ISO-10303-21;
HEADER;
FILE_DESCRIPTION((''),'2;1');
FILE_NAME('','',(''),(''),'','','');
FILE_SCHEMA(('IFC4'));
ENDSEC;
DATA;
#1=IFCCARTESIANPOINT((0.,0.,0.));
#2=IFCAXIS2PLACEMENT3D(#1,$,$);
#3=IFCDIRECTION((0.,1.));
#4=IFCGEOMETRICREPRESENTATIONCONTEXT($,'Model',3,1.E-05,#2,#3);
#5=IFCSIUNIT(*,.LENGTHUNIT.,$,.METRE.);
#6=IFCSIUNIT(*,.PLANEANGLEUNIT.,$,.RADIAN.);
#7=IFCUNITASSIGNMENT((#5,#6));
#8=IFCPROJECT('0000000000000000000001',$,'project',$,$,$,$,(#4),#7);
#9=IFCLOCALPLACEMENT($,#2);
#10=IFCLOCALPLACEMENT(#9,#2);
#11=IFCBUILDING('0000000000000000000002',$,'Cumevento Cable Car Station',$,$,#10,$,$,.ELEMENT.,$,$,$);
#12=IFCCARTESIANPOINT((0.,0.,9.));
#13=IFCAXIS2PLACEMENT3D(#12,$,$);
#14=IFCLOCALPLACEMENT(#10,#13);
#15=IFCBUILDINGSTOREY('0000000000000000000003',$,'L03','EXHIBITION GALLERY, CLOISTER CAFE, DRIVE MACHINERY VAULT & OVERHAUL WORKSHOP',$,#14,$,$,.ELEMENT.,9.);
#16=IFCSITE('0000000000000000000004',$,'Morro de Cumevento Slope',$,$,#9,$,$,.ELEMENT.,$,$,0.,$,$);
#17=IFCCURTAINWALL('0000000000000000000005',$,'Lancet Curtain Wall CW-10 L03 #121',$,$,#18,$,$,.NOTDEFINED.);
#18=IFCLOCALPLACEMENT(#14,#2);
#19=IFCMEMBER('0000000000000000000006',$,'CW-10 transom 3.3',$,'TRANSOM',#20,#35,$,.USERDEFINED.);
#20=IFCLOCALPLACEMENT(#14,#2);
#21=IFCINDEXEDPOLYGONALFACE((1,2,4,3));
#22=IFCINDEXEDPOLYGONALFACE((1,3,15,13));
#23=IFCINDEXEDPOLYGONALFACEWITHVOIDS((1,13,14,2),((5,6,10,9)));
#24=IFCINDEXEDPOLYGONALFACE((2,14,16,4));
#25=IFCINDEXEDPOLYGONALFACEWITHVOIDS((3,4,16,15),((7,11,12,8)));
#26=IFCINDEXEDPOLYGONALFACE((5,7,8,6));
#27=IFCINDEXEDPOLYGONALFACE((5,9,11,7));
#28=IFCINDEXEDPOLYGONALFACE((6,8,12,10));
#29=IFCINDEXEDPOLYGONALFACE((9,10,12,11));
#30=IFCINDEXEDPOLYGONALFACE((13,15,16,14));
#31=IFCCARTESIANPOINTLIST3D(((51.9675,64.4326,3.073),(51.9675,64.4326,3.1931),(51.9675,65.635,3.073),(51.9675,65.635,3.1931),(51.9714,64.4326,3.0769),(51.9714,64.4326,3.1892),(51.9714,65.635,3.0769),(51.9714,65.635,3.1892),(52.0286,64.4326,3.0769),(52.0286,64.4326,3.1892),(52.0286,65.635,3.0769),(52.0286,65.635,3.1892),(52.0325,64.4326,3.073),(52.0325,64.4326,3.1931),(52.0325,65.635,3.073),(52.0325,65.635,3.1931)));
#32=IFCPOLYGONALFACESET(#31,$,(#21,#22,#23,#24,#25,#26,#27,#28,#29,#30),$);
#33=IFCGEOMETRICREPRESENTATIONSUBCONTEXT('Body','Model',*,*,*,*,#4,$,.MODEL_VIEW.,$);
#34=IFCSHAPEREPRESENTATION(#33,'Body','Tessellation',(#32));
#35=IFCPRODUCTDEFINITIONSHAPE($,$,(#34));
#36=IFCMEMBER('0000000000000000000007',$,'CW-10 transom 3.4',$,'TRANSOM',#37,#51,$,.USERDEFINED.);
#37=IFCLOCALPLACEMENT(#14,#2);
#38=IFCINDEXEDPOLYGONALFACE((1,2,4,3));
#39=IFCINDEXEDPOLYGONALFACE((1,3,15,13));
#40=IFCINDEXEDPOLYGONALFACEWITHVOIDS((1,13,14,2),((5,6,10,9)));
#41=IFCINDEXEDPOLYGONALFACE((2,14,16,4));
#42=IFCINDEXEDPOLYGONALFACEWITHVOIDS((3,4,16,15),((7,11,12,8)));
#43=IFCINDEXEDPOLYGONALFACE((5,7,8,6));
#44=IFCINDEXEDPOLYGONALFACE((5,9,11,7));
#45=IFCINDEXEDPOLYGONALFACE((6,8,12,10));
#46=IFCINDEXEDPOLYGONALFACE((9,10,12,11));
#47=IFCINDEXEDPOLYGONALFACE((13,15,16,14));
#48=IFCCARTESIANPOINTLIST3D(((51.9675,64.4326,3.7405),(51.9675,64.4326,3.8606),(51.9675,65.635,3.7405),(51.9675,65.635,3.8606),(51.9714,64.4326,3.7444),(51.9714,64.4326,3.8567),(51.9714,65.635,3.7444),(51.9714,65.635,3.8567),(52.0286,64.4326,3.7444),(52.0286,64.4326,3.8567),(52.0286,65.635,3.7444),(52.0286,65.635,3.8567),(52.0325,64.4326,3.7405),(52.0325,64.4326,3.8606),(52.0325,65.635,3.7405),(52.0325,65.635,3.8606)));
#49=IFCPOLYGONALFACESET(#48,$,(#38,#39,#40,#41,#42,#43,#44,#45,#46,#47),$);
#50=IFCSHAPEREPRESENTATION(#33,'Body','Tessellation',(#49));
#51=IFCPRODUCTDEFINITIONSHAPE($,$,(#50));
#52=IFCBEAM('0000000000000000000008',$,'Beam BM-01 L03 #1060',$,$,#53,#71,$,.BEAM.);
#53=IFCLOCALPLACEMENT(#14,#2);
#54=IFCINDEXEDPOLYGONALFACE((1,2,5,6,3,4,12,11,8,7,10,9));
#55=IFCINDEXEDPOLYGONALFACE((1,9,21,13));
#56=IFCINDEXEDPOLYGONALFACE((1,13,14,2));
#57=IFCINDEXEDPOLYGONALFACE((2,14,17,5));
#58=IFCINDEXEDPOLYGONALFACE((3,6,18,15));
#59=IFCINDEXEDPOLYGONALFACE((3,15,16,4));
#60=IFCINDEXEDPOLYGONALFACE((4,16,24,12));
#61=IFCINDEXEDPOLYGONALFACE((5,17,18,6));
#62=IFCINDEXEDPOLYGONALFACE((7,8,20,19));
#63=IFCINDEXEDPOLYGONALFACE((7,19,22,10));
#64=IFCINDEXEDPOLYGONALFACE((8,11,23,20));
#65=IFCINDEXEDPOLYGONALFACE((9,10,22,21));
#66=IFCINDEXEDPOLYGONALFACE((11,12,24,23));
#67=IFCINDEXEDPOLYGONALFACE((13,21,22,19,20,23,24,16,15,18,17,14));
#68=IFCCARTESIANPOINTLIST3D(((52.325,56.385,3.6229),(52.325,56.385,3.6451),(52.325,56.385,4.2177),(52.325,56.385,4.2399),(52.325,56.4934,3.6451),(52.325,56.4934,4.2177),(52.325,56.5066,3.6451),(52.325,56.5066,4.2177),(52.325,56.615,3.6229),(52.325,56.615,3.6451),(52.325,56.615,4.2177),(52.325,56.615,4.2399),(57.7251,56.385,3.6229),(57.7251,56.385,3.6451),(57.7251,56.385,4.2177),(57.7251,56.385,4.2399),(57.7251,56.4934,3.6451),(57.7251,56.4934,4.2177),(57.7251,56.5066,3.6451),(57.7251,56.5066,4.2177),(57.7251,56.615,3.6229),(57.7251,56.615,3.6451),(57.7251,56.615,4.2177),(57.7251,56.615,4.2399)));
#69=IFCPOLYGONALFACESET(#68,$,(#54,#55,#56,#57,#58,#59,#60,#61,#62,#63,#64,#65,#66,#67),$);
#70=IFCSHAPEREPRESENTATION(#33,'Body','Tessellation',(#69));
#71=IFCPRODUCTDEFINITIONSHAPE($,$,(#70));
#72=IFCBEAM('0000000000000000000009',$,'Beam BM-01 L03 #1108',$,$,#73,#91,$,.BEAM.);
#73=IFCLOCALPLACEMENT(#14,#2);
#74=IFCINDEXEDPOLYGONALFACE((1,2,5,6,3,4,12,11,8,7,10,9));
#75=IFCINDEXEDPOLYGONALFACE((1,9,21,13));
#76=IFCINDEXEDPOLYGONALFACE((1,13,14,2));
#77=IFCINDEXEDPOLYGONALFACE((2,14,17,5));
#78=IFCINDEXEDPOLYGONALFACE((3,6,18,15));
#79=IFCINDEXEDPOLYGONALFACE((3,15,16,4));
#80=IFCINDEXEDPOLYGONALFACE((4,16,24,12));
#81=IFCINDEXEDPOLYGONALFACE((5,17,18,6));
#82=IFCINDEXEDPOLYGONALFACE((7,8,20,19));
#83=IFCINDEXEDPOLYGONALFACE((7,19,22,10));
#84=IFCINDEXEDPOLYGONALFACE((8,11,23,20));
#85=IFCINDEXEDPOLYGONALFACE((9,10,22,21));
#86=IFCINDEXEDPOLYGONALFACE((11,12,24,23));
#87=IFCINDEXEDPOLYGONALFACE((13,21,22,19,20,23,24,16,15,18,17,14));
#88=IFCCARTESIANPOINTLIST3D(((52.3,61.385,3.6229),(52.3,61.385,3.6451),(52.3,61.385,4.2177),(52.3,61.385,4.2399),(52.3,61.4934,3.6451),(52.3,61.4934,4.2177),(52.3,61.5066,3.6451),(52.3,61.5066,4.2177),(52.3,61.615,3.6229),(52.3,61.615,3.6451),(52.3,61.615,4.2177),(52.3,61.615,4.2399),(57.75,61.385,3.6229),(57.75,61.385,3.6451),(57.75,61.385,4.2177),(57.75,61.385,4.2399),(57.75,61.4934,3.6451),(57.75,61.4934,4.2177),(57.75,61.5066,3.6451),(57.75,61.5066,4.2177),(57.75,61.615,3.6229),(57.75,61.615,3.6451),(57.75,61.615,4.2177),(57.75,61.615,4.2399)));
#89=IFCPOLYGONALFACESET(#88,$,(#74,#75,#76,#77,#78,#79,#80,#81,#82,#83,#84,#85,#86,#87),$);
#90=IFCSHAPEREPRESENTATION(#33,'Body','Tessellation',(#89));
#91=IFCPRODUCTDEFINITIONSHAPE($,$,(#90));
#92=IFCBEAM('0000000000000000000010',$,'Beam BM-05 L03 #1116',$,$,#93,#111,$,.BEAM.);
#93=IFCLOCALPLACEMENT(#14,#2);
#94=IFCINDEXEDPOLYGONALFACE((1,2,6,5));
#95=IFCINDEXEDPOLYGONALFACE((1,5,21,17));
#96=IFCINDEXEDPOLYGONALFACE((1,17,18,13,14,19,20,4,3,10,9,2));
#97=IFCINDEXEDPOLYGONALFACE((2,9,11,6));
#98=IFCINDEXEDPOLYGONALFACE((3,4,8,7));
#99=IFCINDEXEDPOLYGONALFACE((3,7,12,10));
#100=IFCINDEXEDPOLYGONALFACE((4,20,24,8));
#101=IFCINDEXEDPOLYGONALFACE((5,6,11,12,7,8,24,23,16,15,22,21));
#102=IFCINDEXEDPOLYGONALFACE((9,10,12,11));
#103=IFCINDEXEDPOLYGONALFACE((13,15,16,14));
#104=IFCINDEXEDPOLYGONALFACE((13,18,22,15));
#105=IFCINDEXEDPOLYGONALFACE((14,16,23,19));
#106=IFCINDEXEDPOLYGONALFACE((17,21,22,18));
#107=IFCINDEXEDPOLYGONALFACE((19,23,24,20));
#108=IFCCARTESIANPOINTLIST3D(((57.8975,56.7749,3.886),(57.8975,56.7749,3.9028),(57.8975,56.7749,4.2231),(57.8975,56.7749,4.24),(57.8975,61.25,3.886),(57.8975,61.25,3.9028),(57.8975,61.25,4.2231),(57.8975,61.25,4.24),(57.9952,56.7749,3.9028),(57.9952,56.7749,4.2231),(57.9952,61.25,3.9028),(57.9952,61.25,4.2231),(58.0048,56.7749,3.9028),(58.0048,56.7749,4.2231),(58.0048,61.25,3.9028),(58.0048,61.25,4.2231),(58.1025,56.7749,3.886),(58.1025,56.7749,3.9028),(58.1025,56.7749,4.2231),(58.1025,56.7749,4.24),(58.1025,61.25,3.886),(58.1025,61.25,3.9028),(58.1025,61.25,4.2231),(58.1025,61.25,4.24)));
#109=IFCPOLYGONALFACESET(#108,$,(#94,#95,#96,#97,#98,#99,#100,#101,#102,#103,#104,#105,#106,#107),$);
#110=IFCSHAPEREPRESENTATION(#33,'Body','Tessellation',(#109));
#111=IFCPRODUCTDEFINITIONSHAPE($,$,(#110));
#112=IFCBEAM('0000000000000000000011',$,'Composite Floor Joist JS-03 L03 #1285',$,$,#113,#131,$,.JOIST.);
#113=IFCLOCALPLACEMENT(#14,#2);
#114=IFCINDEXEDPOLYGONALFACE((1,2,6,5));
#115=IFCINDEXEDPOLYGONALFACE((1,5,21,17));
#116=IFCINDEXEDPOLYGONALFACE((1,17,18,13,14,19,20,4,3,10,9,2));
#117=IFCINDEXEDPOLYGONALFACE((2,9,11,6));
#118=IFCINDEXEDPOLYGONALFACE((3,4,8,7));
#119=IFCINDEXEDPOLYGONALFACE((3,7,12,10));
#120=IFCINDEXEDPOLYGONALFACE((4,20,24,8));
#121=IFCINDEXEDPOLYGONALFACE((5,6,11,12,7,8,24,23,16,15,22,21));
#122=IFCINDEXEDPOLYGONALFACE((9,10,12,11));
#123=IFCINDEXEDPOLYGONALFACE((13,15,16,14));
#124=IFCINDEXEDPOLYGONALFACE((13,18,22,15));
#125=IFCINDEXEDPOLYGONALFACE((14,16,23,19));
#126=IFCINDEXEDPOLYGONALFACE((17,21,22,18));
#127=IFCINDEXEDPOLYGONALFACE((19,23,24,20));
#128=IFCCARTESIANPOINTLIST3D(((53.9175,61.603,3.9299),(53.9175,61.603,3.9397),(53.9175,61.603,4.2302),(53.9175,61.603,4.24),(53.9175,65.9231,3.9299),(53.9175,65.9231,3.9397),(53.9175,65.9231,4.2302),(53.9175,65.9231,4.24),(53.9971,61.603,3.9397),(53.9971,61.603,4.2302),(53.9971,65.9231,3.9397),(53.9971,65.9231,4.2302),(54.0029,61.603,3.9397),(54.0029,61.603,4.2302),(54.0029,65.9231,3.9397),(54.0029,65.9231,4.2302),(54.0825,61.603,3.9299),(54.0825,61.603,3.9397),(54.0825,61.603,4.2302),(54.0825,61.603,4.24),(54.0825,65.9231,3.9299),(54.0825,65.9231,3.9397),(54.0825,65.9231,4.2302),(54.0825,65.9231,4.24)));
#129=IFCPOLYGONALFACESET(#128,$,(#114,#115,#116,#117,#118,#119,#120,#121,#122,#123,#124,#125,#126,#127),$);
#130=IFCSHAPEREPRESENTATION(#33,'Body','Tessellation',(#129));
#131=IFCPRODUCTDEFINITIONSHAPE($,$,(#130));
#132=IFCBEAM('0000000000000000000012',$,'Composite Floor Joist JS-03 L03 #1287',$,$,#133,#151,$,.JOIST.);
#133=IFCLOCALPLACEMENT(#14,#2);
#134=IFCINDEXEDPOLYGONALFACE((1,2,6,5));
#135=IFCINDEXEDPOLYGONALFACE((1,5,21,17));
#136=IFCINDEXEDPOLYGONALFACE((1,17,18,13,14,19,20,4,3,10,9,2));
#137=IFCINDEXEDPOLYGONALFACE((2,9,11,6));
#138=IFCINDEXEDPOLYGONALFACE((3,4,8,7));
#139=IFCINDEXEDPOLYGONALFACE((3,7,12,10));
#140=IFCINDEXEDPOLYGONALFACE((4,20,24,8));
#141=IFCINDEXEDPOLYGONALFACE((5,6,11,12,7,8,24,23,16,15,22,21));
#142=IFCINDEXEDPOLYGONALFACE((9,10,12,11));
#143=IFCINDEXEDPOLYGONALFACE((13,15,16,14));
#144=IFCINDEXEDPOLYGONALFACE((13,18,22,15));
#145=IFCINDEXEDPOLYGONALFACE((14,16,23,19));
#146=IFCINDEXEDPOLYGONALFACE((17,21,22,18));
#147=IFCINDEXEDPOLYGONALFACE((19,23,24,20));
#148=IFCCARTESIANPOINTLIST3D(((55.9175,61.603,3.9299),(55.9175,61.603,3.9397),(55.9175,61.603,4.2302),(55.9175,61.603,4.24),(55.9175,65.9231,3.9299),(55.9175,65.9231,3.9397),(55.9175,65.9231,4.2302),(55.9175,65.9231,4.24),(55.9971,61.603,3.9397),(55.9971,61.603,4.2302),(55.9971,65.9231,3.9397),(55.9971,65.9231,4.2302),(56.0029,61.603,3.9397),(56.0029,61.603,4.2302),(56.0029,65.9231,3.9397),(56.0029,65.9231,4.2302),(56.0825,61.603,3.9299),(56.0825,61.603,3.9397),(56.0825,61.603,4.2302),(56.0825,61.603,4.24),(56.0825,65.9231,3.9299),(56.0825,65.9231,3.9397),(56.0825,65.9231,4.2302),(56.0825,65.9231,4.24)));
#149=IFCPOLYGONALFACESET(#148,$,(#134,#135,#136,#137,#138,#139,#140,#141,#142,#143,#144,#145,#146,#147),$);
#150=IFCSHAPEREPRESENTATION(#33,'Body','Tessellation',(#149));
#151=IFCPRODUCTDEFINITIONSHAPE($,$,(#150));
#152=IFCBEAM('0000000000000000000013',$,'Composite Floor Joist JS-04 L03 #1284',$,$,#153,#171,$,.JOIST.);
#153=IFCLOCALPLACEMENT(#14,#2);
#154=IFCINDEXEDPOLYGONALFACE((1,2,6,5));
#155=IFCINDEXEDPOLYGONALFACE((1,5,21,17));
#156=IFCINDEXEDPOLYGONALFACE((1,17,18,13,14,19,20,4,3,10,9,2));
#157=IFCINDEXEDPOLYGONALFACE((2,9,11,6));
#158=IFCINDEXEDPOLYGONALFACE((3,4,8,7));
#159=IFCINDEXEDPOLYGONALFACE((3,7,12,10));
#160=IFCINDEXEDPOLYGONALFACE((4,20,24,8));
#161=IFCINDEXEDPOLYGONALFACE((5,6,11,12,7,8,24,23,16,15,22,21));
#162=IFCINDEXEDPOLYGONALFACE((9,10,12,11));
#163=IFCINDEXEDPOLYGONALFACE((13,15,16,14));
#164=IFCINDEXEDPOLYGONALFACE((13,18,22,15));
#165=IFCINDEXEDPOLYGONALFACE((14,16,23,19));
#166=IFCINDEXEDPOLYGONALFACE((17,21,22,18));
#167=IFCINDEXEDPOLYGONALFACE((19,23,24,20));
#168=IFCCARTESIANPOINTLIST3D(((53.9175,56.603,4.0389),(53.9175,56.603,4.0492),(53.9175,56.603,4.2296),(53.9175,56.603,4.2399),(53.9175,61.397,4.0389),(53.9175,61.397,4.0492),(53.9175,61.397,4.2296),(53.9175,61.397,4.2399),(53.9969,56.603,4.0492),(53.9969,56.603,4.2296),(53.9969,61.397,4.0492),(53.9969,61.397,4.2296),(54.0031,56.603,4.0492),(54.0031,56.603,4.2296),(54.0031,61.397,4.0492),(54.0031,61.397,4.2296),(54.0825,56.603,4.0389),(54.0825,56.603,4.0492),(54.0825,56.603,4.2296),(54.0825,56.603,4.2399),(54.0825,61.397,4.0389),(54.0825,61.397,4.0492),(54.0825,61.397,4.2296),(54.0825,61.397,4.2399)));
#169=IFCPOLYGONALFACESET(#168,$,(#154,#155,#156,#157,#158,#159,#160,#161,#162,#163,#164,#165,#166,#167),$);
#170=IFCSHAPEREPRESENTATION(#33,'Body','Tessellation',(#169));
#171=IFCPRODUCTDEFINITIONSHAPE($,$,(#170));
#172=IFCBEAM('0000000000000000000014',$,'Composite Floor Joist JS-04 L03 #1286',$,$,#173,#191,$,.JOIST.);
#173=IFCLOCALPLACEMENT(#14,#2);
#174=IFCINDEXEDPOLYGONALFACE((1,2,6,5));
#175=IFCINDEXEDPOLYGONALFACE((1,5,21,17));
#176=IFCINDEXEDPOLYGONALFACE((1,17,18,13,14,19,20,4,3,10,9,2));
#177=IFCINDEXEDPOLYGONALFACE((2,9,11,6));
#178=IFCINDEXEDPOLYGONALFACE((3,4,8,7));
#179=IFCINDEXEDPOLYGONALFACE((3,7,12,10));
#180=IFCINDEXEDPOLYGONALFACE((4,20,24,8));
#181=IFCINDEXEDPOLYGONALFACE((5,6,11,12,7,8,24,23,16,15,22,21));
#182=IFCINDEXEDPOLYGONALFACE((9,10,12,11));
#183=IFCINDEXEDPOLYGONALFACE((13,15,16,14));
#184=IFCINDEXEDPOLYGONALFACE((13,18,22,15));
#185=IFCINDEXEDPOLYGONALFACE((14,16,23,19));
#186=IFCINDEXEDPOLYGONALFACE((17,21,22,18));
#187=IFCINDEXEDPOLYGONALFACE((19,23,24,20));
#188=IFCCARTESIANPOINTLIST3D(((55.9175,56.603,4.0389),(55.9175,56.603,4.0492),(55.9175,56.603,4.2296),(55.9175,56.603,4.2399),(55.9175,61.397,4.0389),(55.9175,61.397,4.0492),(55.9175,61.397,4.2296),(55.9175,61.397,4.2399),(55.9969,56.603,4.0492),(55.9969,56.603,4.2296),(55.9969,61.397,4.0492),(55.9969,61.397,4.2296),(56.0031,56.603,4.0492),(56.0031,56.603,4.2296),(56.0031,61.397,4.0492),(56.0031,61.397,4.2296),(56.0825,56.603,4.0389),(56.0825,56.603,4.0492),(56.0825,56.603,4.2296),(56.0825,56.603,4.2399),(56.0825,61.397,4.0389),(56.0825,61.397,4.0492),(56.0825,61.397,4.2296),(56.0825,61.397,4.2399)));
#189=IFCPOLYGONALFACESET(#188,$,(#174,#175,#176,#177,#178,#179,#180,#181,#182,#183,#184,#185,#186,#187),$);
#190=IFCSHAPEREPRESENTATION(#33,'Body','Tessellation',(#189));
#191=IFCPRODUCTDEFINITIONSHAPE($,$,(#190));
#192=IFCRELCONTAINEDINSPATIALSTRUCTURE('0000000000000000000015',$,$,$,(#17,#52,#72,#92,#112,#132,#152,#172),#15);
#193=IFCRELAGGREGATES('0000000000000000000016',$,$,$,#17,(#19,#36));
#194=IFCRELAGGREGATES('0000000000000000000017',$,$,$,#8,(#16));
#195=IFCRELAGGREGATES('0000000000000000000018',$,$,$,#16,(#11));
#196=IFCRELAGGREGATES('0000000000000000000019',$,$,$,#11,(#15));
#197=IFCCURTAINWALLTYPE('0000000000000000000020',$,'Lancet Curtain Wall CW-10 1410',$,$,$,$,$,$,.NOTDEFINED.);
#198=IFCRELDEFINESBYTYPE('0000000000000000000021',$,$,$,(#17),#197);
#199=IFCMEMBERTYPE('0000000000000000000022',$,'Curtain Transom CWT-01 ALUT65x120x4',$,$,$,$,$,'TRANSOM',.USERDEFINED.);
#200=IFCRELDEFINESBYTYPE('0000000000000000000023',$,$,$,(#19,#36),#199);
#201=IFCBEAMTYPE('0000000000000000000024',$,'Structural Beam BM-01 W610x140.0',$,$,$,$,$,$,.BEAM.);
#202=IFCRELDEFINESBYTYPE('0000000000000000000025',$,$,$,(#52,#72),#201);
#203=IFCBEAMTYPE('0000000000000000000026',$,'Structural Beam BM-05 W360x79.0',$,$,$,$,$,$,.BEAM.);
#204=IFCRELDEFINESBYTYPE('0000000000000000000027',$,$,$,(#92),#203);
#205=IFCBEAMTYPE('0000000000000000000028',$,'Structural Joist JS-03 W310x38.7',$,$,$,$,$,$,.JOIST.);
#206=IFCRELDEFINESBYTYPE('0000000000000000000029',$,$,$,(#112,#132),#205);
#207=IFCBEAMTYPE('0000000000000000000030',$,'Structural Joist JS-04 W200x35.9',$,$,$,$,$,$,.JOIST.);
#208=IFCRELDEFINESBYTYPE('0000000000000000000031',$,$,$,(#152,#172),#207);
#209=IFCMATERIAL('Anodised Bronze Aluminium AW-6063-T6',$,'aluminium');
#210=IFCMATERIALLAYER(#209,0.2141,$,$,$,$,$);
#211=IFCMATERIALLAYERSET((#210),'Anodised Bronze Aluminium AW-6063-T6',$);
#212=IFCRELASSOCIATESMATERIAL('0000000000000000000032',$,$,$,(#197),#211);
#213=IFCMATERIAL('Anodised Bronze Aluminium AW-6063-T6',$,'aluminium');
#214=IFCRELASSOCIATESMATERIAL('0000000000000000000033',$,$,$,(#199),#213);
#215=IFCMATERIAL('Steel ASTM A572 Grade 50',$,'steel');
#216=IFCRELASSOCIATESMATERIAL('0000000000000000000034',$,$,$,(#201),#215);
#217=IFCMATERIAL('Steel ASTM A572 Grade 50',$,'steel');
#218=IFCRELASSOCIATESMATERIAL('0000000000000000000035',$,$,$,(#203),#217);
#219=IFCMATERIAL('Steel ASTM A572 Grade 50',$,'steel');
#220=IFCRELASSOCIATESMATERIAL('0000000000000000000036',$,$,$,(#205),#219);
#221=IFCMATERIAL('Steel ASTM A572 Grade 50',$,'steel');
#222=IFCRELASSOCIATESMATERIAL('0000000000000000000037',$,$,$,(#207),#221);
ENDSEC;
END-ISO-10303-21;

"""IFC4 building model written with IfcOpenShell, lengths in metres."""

from ifc_helpers import new_model, si_unit, direction, frame, origin, origin_2d, place, context, subcontext, project, spatial, hollow_rectangle, i_section, extrude, material, layer, layer_set, material_profile, profile_set, type_object, element, aggregate, save


model = new_model("IFC4")

# Units and contexts
model_context = context("Model", 3, precision=1e-05, world=origin(), true_north=direction((0.0, 1.0)))
body_context = subcontext(model_context, "Body", "Model", "MODEL_VIEW")
ifc_project = project(units=[si_unit("LENGTHUNIT", "METRE"), si_unit("PLANEANGLEUNIT", "RADIAN")], contexts=[model_context])

# Site, building, storey
site_placement = place(None, origin())
site = spatial("IfcSite", under=ifc_project, at=site_placement, Name="Morro de Cumevento Slope", CompositionType="ELEMENT", RefElevation=0.0)
building_placement = place(site_placement, origin())
building = spatial("IfcBuilding", under=site, at=building_placement, Name="Cumevento Cable Car Station", CompositionType="ELEMENT")
storey_placement = place(building_placement, frame((0.0, 0.0, 9.0)))
storey = spatial("IfcBuildingStorey", under=building, at=storey_placement, Name="L03", Description="EXHIBITION GALLERY, CLOISTER CAFE, DRIVE MACHINERY VAULT & OVERHAUL WORKSHOP", CompositionType="ELEMENT", Elevation=9.0)

# Curtain wall, members
ifc_material_1 = material(Name="Anodised Bronze Aluminium AW-6063-T6", Category="aluminium")
ifc_layer_1 = layer(ifc_material_1, 0.2141)
ifc_layer_set_1 = layer_set([ifc_layer_1], Name="Anodised Bronze Aluminium AW-6063-T6")
curtain_wall_type = type_object("IfcCurtainWallType", Name="Lancet Curtain Wall CW-10 1410", PredefinedType="NOTDEFINED", material=ifc_layer_set_1)
curtain_wall_placement = place(storey_placement, origin())
curtain_wall = element("IfcCurtainWall", 1, at=curtain_wall_placement, inside=storey, type_object=curtain_wall_type, Name="Lancet Curtain Wall CW-10 L03 #121", PredefinedType="NOTDEFINED")
ifc_material_2 = material(Name="Anodised Bronze Aluminium AW-6063-T6", Category="aluminium")
ifc_material_profile_1 = material_profile(ifc_material_2, hollow_rectangle(XDim=0.0649, YDim=0.1201, WallThickness=0.0039, at=origin_2d()), Name="ALUT65x120x4")
ifc_profile_set_1 = profile_set([ifc_material_profile_1], Name="Anodised Bronze Aluminium AW-6063-T6")
member_type_1 = type_object("IfcMemberType", Name="Curtain Transom CWT-01 ALUT65x120x4", ElementType="TRANSOM", PredefinedType="USERDEFINED", material=ifc_profile_set_1)
member_1_placement = place(storey_placement, frame((52.0, 64.4326, 3.1331), z_axis=(0.0, 1.0, 0.0), x_axis=(-1.0, 0.0, 0.0)))
member_1 = element("IfcMember", 2, at=member_1_placement, type_object=member_type_1, Name="CW-10 transom 3.3", ObjectType="TRANSOM", PredefinedType="USERDEFINED", context=body_context, shape_type="SweptSolid", body=[
    extrude(hollow_rectangle(XDim=0.0649, YDim=0.1201, WallThickness=0.0039, at=origin_2d()), origin(), (0.0, 0.0, 1.0), 1.2024),
])
member_2_placement = place(storey_placement, frame((52.0, 64.4326, 3.8005), z_axis=(0.0, 1.0, 0.0), x_axis=(-1.0, 0.0, 0.0)))
member_2 = element("IfcMember", 3, at=member_2_placement, type_object=member_type_1, Name="CW-10 transom 3.4", ObjectType="TRANSOM", PredefinedType="USERDEFINED", context=body_context, shape_type="SweptSolid", body=[
    extrude(hollow_rectangle(XDim=0.0649, YDim=0.1201, WallThickness=0.0039, at=origin_2d()), origin(), (0.0, 0.0, 1.0), 1.2024),
])

# Beams
ifc_material_3 = material(Name="Steel ASTM A572 Grade 50", Category="steel")
ifc_material_profile_2 = material_profile(ifc_material_3, i_section(OverallWidth=0.23, OverallDepth=0.6169, WebThickness=0.0132, FlangeThickness=0.0222, at=origin_2d()), Name="W610x140.0")
ifc_profile_set_2 = profile_set([ifc_material_profile_2], Name="Steel ASTM A572 Grade 50")
beam_type_1 = type_object("IfcBeamType", Name="Structural Beam BM-01 W610x140.0", PredefinedType="BEAM", material=ifc_profile_set_2)
beam_1_placement = place(storey_placement, frame((52.325, 56.5, 3.9314), z_axis=(1.0, 0.0, 0.0), x_axis=(0.0, 1.0, 0.0)))
element("IfcBeam", 4, at=beam_1_placement, inside=storey, type_object=beam_type_1, Name="Beam BM-01 L03 #1060", PredefinedType="BEAM", context=body_context, shape_type="SweptSolid", body=[
    extrude(i_section(OverallWidth=0.23, OverallDepth=0.6169, WebThickness=0.0132, FlangeThickness=0.0222, at=origin_2d()), origin(), (0.0, 0.0, 1.0), 5.4001),
])
beam_2_placement = place(storey_placement, frame((52.3, 61.5, 3.9314), z_axis=(1.0, 0.0, 0.0), x_axis=(0.0, 1.0, 0.0)))
element("IfcBeam", 5, at=beam_2_placement, inside=storey, type_object=beam_type_1, Name="Beam BM-01 L03 #1108", PredefinedType="BEAM", context=body_context, shape_type="SweptSolid", body=[
    extrude(i_section(OverallWidth=0.23, OverallDepth=0.6169, WebThickness=0.0132, FlangeThickness=0.0222, at=origin_2d()), origin(), (0.0, 0.0, 1.0), 5.45),
])
ifc_material_4 = material(Name="Steel ASTM A572 Grade 50", Category="steel")
ifc_material_profile_3 = material_profile(ifc_material_4, i_section(OverallWidth=0.2051, OverallDepth=0.354, WebThickness=0.0095, FlangeThickness=0.0168, at=origin_2d()), Name="W360x79.0")
ifc_profile_set_3 = profile_set([ifc_material_profile_3], Name="Steel ASTM A572 Grade 50")
beam_type_2 = type_object("IfcBeamType", Name="Structural Beam BM-05 W360x79.0", PredefinedType="BEAM", material=ifc_profile_set_3)
beam_3_placement = place(storey_placement, frame((58.0, 56.7749, 4.063), z_axis=(0.0, 1.0, 0.0), x_axis=(-1.0, 0.0, 0.0)))
element("IfcBeam", 6, at=beam_3_placement, inside=storey, type_object=beam_type_2, Name="Beam BM-05 L03 #1116", PredefinedType="BEAM", context=body_context, shape_type="SweptSolid", body=[
    extrude(i_section(OverallWidth=0.2051, OverallDepth=0.354, WebThickness=0.0095, FlangeThickness=0.0168, at=origin_2d()), origin(), (0.0, 0.0, 1.0), 4.4751),
])
ifc_material_5 = material(Name="Steel ASTM A572 Grade 50", Category="steel")
ifc_material_profile_4 = material_profile(ifc_material_5, i_section(OverallWidth=0.165, OverallDepth=0.3101, WebThickness=0.0059, FlangeThickness=0.0098, at=origin_2d()), Name="W310x38.7")
ifc_profile_set_4 = profile_set([ifc_material_profile_4], Name="Steel ASTM A572 Grade 50")
beam_type_3 = type_object("IfcBeamType", Name="Structural Joist JS-03 W310x38.7", PredefinedType="JOIST", material=ifc_profile_set_4)
for number, where, z_axis, x_axis, name in (
    (7, (54.0, 61.603, 4.085), (0.0, 1.0, 0.0), (-1.0, 0.0, 0.0), "Composite Floor Joist JS-03 L03 #1285"),
    (8, (56.0, 61.603, 4.085), (0.0, 1.0, 0.0), (-1.0, 0.0, 0.0), "Composite Floor Joist JS-03 L03 #1287"),
):
    element("IfcBeam", number, at=place(storey_placement, frame(where, z_axis=z_axis, x_axis=x_axis)), inside=storey, type_object=beam_type_3, Name=name, PredefinedType="JOIST", context=body_context, shape_type="SweptSolid", body=[
        extrude(i_section(OverallWidth=0.165, OverallDepth=0.3101, WebThickness=0.0059, FlangeThickness=0.0098, at=origin_2d()), origin(), (0.0, 0.0, 1.0), 4.3201),
    ])
ifc_material_6 = material(Name="Steel ASTM A572 Grade 50", Category="steel")
ifc_material_profile_5 = material_profile(ifc_material_6, i_section(OverallWidth=0.165, OverallDepth=0.2009, WebThickness=0.0061, FlangeThickness=0.0103, at=origin_2d()), Name="W200x35.9")
ifc_profile_set_5 = profile_set([ifc_material_profile_5], Name="Steel ASTM A572 Grade 50")
beam_type_4 = type_object("IfcBeamType", Name="Structural Joist JS-04 W200x35.9", PredefinedType="JOIST", material=ifc_profile_set_5)
for number, where, z_axis, x_axis, name in (
    (9, (54.0, 56.603, 4.1394), (0.0, 1.0, 0.0), (-1.0, 0.0, 0.0), "Composite Floor Joist JS-04 L03 #1284"),
    (10, (56.0, 56.603, 4.1394), (0.0, 1.0, 0.0), (-1.0, 0.0, 0.0), "Composite Floor Joist JS-04 L03 #1286"),
):
    element("IfcBeam", number, at=place(storey_placement, frame(where, z_axis=z_axis, x_axis=x_axis)), inside=storey, type_object=beam_type_4, Name=name, PredefinedType="JOIST", context=body_context, shape_type="SweptSolid", body=[
        extrude(i_section(OverallWidth=0.165, OverallDepth=0.2009, WebThickness=0.0061, FlangeThickness=0.0103, at=origin_2d()), origin(), (0.0, 0.0, 1.0), 4.7939),
    ])

aggregate(curtain_wall, [member_1, member_2])

save(model, "model.ifc")
